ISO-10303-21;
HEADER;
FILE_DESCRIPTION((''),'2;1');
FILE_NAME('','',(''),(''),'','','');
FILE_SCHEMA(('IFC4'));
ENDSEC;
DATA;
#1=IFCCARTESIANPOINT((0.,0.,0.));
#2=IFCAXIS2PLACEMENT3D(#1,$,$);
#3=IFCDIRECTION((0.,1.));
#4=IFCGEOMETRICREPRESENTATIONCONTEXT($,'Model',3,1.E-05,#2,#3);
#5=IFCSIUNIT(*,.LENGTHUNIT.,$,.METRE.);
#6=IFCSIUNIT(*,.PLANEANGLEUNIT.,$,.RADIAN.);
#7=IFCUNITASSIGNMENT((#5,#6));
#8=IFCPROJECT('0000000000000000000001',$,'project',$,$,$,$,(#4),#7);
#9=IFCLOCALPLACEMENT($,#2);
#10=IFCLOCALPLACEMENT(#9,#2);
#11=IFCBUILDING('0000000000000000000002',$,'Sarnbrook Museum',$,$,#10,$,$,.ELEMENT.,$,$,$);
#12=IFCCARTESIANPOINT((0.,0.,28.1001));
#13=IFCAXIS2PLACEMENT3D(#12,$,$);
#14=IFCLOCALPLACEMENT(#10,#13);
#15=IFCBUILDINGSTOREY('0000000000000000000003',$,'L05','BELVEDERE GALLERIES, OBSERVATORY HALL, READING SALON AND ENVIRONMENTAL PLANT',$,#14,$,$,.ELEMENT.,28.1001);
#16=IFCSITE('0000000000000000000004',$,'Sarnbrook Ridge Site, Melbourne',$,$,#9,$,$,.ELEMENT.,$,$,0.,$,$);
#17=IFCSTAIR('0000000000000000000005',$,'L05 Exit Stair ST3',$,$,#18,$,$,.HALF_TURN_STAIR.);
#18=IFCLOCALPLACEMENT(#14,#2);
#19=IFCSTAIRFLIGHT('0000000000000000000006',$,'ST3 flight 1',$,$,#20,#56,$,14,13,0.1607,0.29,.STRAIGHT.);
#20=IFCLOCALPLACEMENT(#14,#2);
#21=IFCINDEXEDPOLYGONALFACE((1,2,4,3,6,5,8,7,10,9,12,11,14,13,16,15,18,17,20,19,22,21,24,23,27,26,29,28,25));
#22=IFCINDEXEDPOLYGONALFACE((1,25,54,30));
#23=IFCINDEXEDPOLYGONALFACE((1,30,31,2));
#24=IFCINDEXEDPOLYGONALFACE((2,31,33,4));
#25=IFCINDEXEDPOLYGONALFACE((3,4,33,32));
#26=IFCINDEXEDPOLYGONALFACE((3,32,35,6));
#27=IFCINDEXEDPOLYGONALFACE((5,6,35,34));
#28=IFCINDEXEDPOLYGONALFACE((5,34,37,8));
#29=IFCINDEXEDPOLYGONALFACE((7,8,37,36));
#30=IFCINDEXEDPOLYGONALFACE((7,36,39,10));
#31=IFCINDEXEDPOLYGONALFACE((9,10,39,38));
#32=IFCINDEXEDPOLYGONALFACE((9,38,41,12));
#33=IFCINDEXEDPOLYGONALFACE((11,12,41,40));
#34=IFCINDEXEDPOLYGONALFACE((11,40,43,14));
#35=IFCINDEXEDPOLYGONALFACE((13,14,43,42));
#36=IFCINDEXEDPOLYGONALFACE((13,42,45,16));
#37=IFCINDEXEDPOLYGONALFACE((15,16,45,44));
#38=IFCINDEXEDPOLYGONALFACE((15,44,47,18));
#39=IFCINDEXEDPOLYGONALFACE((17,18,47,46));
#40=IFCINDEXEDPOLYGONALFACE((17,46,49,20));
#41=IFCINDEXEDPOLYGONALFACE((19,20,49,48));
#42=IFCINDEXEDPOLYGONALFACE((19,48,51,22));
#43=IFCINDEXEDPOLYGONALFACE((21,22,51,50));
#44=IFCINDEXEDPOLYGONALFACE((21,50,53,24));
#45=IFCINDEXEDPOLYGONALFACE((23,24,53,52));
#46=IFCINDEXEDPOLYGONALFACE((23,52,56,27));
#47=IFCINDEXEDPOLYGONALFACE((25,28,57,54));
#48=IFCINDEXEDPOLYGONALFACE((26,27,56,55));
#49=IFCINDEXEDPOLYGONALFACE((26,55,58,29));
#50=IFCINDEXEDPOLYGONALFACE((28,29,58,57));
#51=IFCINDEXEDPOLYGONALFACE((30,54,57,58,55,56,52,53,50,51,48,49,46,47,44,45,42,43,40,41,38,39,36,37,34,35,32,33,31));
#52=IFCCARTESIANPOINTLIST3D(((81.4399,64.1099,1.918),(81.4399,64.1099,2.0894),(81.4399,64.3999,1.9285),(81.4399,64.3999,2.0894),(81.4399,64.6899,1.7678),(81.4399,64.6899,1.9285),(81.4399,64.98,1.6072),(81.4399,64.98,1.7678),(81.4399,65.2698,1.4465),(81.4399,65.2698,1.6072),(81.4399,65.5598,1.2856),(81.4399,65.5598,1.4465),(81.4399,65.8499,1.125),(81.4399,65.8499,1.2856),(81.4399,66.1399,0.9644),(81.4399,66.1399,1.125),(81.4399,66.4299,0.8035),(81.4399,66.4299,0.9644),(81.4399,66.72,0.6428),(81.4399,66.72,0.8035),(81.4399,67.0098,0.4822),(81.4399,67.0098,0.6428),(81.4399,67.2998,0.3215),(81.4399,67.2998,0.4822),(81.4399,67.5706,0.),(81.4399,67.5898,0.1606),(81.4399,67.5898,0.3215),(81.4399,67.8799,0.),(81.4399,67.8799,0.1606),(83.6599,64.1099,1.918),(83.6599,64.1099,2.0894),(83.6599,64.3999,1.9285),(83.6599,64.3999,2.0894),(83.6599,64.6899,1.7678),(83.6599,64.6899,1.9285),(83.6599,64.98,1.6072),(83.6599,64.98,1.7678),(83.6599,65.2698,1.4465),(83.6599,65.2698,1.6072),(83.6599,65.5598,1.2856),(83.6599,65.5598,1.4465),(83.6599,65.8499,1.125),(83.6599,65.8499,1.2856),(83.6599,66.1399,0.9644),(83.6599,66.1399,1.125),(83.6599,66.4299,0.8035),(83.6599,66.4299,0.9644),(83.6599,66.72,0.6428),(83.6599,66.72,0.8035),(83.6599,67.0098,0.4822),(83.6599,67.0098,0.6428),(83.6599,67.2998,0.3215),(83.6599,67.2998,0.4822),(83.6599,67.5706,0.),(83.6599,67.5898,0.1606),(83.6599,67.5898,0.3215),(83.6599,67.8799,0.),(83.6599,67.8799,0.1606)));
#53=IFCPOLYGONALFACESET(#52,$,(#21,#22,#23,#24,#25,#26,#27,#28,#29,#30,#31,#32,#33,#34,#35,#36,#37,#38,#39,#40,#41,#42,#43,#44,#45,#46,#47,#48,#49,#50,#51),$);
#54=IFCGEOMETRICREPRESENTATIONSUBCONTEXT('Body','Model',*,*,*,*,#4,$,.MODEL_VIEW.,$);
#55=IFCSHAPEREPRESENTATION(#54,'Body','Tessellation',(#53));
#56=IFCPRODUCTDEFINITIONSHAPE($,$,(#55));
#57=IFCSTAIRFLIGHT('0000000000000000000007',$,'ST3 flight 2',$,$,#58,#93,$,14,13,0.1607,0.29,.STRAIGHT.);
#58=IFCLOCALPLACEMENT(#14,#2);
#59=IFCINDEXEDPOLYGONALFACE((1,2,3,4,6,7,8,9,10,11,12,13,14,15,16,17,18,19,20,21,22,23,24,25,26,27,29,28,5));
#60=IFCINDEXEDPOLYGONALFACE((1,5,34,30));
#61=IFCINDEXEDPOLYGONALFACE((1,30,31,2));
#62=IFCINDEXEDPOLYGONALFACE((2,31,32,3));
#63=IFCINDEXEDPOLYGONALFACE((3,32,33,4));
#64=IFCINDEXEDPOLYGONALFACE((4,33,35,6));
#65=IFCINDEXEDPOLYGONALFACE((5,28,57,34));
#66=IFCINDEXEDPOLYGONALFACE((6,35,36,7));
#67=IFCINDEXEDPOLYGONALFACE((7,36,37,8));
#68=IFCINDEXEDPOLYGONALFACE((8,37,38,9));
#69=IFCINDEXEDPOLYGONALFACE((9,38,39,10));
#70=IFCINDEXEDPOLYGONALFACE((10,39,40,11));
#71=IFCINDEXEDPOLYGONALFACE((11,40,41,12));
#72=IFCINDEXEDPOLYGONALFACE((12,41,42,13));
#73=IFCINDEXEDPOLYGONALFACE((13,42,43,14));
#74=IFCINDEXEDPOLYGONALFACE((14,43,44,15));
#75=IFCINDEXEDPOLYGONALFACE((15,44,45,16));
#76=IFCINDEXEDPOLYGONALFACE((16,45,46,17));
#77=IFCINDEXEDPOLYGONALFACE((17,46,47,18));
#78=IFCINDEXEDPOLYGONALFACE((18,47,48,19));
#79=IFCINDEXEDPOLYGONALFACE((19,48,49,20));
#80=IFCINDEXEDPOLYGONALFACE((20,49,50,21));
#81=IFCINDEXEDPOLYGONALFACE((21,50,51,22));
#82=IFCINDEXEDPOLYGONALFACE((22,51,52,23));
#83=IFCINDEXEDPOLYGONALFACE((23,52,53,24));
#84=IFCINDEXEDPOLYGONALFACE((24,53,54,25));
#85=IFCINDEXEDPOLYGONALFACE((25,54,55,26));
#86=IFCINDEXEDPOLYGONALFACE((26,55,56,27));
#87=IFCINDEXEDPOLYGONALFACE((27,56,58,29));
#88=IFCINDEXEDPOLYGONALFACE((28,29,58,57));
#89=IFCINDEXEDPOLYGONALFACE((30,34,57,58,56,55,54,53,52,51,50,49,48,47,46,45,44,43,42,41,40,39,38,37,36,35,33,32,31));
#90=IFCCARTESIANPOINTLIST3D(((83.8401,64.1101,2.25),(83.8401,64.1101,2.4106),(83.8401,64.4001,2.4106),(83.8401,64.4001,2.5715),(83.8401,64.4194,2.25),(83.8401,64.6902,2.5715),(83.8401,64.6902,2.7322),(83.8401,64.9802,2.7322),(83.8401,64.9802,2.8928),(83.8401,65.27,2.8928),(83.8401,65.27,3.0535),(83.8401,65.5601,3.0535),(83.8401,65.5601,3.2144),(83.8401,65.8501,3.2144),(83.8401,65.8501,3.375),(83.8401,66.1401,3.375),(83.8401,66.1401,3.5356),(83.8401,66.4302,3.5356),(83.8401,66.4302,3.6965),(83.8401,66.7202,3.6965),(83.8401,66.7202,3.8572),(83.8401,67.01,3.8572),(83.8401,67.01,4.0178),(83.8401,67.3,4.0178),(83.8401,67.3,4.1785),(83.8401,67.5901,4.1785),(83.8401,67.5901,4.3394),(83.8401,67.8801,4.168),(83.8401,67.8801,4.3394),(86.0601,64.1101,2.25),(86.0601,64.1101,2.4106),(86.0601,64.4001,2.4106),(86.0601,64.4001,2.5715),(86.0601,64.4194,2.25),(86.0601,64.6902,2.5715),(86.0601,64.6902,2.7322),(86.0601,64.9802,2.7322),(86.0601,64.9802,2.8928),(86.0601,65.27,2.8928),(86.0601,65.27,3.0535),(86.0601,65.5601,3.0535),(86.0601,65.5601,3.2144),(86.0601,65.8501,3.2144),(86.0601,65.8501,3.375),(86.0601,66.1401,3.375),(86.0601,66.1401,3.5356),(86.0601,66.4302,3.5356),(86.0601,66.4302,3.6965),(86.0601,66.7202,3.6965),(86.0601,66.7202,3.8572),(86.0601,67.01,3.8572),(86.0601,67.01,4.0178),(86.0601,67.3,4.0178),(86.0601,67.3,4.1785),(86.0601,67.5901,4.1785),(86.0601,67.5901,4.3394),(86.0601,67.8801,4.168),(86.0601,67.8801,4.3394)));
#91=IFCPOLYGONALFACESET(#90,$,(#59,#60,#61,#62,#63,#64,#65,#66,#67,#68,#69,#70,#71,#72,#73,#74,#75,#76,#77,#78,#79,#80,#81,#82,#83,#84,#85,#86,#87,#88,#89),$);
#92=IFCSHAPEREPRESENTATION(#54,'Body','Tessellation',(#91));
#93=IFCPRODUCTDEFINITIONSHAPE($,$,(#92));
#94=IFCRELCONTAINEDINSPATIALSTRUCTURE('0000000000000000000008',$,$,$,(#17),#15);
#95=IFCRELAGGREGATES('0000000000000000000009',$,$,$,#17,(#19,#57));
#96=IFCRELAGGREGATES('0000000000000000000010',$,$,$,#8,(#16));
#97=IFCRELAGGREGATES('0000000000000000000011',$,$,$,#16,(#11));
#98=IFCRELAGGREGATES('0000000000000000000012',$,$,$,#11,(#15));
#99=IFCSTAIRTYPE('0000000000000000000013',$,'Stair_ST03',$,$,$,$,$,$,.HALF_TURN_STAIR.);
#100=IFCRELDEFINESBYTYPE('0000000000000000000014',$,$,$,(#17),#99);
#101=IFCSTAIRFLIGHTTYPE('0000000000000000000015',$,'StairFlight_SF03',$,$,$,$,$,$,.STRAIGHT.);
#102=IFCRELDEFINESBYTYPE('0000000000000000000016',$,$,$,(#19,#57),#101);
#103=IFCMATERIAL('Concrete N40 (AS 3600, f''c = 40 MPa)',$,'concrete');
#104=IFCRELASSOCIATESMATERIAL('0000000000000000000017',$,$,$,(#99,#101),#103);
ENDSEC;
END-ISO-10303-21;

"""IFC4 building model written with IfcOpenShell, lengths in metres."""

from ifc_helpers import new_model, si_unit, direction, frame, origin, place, context, subcontext, project, spatial, polyline, outline, extrude, material, type_object, element, aggregate, save


model = new_model("IFC4")

# Units and contexts
model_context = context("Model", 3, precision=1e-05, world=origin(), true_north=direction((0.0, 1.0)))
body_context = subcontext(model_context, "Body", "Model", "MODEL_VIEW")
ifc_project = project(units=[si_unit("LENGTHUNIT", "METRE"), si_unit("PLANEANGLEUNIT", "RADIAN")], contexts=[model_context])

# Site, building, storey
site_placement = place(None, origin())
site = spatial("IfcSite", under=ifc_project, at=site_placement, Name="Sarnbrook Ridge Site, Melbourne", CompositionType="ELEMENT", RefElevation=0.0)
building_placement = place(site_placement, origin())
building = spatial("IfcBuilding", under=site, at=building_placement, Name="Sarnbrook Museum", CompositionType="ELEMENT")
storey_placement = place(building_placement, frame((0.0, 0.0, 28.1001)))
storey = spatial("IfcBuildingStorey", under=building, at=storey_placement, Name="L05", Description="BELVEDERE GALLERIES, OBSERVATORY HALL, READING SALON AND ENVIRONMENTAL PLANT", CompositionType="ELEMENT", Elevation=28.1001)

# Stair, stair flights
ifc_material_1 = material(Name="Concrete N40 (AS 3600, f'c = 40 MPa)", Category="concrete")
stair_type = type_object("IfcStairType", Name="Stair_ST03", PredefinedType="HALF_TURN_STAIR", material=ifc_material_1)
stair_placement = place(storey_placement, origin())
stair = element("IfcStair", 1, at=stair_placement, inside=storey, type_object=stair_type, Name="L05 Exit Stair ST3", PredefinedType="HALF_TURN_STAIR")
stair_flight_type = type_object("IfcStairFlightType", Name="StairFlight_SF03", PredefinedType="STRAIGHT", material=ifc_material_1)
stair_flight_1_placement = place(storey_placement, frame((82.55, 67.8799, 0.0), z_axis=(0.0, 0.0, 1.0), x_axis=(0.0, -1.0, 0.0)))
stair_flight_1 = element("IfcStairFlight", 2, at=stair_flight_1_placement, type_object=stair_flight_type, Name="ST3 flight 1", NumberOfRisers=14, NumberOfTreads=13, PredefinedType="STRAIGHT", RiserHeight=0.1607, TreadLength=0.29, context=body_context, shape_type="SweptSolid", body=[
    extrude(outline(polyline([(0.0, 0.0), (0.0, 0.1606), (0.29, 0.1606), (0.29, 0.3215), (0.5801, 0.3215), (0.5801, 0.4822), (0.8701, 0.4822), (0.8701, 0.6428), (1.1599, 0.6428), (1.1599, 0.8035), (1.45, 0.8035), (1.45, 0.9644), (1.74, 0.9644), (1.74, 1.125), (2.03, 1.125), (2.03, 1.2856), (2.3201, 1.2856), (2.3201, 1.4465), (2.6101, 1.4465), (2.6101, 1.6072), (2.8999, 1.6072), (2.8999, 1.7678), (3.1899, 1.7678), (3.1899, 1.9285), (3.48, 1.9285), (3.48, 2.0894), (3.77, 2.0894), (3.77, 2.25), (3.77, 1.918), (0.3093, 0.0), (0.0, 0.0)])), frame((0.0, 1.1099, 0.0), z_axis=(0.0, -1.0, 0.0), x_axis=(1.0, 0.0, 0.0)), (0.0, 0.0, 1.0), 2.22),
])
stair_flight_2_placement = place(storey_placement, frame((84.95, 64.1101, 2.25), z_axis=(0.0, 0.0, 1.0), x_axis=(0.0, 1.0, 0.0)))
stair_flight_2 = element("IfcStairFlight", 3, at=stair_flight_2_placement, type_object=stair_flight_type, Name="ST3 flight 2", NumberOfRisers=14, NumberOfTreads=13, PredefinedType="STRAIGHT", RiserHeight=0.1607, TreadLength=0.29, context=body_context, shape_type="SweptSolid", body=[
    extrude(outline(polyline([(0.0, 0.0), (0.0, 0.1606), (0.29, 0.1606), (0.29, 0.3215), (0.5801, 0.3215), (0.5801, 0.4822), (0.8701, 0.4822), (0.8701, 0.6428), (1.1599, 0.6428), (1.1599, 0.8035), (1.45, 0.8035), (1.45, 0.9644), (1.74, 0.9644), (1.74, 1.125), (2.03, 1.125), (2.03, 1.2856), (2.3201, 1.2856), (2.3201, 1.4465), (2.6101, 1.4465), (2.6101, 1.6072), (2.8999, 1.6072), (2.8999, 1.7678), (3.1899, 1.7678), (3.1899, 1.9285), (3.48, 1.9285), (3.48, 2.0894), (3.77, 2.0894), (3.77, 2.25), (3.77, 1.918), (0.3093, 0.0), (0.0, 0.0)])), frame((0.0, 1.1099, 0.0), z_axis=(0.0, -1.0, 0.0), x_axis=(1.0, 0.0, 0.0)), (0.0, 0.0, 1.0), 2.22),
])
aggregate(stair, [stair_flight_1, stair_flight_2])

save(model, "model.ifc")
